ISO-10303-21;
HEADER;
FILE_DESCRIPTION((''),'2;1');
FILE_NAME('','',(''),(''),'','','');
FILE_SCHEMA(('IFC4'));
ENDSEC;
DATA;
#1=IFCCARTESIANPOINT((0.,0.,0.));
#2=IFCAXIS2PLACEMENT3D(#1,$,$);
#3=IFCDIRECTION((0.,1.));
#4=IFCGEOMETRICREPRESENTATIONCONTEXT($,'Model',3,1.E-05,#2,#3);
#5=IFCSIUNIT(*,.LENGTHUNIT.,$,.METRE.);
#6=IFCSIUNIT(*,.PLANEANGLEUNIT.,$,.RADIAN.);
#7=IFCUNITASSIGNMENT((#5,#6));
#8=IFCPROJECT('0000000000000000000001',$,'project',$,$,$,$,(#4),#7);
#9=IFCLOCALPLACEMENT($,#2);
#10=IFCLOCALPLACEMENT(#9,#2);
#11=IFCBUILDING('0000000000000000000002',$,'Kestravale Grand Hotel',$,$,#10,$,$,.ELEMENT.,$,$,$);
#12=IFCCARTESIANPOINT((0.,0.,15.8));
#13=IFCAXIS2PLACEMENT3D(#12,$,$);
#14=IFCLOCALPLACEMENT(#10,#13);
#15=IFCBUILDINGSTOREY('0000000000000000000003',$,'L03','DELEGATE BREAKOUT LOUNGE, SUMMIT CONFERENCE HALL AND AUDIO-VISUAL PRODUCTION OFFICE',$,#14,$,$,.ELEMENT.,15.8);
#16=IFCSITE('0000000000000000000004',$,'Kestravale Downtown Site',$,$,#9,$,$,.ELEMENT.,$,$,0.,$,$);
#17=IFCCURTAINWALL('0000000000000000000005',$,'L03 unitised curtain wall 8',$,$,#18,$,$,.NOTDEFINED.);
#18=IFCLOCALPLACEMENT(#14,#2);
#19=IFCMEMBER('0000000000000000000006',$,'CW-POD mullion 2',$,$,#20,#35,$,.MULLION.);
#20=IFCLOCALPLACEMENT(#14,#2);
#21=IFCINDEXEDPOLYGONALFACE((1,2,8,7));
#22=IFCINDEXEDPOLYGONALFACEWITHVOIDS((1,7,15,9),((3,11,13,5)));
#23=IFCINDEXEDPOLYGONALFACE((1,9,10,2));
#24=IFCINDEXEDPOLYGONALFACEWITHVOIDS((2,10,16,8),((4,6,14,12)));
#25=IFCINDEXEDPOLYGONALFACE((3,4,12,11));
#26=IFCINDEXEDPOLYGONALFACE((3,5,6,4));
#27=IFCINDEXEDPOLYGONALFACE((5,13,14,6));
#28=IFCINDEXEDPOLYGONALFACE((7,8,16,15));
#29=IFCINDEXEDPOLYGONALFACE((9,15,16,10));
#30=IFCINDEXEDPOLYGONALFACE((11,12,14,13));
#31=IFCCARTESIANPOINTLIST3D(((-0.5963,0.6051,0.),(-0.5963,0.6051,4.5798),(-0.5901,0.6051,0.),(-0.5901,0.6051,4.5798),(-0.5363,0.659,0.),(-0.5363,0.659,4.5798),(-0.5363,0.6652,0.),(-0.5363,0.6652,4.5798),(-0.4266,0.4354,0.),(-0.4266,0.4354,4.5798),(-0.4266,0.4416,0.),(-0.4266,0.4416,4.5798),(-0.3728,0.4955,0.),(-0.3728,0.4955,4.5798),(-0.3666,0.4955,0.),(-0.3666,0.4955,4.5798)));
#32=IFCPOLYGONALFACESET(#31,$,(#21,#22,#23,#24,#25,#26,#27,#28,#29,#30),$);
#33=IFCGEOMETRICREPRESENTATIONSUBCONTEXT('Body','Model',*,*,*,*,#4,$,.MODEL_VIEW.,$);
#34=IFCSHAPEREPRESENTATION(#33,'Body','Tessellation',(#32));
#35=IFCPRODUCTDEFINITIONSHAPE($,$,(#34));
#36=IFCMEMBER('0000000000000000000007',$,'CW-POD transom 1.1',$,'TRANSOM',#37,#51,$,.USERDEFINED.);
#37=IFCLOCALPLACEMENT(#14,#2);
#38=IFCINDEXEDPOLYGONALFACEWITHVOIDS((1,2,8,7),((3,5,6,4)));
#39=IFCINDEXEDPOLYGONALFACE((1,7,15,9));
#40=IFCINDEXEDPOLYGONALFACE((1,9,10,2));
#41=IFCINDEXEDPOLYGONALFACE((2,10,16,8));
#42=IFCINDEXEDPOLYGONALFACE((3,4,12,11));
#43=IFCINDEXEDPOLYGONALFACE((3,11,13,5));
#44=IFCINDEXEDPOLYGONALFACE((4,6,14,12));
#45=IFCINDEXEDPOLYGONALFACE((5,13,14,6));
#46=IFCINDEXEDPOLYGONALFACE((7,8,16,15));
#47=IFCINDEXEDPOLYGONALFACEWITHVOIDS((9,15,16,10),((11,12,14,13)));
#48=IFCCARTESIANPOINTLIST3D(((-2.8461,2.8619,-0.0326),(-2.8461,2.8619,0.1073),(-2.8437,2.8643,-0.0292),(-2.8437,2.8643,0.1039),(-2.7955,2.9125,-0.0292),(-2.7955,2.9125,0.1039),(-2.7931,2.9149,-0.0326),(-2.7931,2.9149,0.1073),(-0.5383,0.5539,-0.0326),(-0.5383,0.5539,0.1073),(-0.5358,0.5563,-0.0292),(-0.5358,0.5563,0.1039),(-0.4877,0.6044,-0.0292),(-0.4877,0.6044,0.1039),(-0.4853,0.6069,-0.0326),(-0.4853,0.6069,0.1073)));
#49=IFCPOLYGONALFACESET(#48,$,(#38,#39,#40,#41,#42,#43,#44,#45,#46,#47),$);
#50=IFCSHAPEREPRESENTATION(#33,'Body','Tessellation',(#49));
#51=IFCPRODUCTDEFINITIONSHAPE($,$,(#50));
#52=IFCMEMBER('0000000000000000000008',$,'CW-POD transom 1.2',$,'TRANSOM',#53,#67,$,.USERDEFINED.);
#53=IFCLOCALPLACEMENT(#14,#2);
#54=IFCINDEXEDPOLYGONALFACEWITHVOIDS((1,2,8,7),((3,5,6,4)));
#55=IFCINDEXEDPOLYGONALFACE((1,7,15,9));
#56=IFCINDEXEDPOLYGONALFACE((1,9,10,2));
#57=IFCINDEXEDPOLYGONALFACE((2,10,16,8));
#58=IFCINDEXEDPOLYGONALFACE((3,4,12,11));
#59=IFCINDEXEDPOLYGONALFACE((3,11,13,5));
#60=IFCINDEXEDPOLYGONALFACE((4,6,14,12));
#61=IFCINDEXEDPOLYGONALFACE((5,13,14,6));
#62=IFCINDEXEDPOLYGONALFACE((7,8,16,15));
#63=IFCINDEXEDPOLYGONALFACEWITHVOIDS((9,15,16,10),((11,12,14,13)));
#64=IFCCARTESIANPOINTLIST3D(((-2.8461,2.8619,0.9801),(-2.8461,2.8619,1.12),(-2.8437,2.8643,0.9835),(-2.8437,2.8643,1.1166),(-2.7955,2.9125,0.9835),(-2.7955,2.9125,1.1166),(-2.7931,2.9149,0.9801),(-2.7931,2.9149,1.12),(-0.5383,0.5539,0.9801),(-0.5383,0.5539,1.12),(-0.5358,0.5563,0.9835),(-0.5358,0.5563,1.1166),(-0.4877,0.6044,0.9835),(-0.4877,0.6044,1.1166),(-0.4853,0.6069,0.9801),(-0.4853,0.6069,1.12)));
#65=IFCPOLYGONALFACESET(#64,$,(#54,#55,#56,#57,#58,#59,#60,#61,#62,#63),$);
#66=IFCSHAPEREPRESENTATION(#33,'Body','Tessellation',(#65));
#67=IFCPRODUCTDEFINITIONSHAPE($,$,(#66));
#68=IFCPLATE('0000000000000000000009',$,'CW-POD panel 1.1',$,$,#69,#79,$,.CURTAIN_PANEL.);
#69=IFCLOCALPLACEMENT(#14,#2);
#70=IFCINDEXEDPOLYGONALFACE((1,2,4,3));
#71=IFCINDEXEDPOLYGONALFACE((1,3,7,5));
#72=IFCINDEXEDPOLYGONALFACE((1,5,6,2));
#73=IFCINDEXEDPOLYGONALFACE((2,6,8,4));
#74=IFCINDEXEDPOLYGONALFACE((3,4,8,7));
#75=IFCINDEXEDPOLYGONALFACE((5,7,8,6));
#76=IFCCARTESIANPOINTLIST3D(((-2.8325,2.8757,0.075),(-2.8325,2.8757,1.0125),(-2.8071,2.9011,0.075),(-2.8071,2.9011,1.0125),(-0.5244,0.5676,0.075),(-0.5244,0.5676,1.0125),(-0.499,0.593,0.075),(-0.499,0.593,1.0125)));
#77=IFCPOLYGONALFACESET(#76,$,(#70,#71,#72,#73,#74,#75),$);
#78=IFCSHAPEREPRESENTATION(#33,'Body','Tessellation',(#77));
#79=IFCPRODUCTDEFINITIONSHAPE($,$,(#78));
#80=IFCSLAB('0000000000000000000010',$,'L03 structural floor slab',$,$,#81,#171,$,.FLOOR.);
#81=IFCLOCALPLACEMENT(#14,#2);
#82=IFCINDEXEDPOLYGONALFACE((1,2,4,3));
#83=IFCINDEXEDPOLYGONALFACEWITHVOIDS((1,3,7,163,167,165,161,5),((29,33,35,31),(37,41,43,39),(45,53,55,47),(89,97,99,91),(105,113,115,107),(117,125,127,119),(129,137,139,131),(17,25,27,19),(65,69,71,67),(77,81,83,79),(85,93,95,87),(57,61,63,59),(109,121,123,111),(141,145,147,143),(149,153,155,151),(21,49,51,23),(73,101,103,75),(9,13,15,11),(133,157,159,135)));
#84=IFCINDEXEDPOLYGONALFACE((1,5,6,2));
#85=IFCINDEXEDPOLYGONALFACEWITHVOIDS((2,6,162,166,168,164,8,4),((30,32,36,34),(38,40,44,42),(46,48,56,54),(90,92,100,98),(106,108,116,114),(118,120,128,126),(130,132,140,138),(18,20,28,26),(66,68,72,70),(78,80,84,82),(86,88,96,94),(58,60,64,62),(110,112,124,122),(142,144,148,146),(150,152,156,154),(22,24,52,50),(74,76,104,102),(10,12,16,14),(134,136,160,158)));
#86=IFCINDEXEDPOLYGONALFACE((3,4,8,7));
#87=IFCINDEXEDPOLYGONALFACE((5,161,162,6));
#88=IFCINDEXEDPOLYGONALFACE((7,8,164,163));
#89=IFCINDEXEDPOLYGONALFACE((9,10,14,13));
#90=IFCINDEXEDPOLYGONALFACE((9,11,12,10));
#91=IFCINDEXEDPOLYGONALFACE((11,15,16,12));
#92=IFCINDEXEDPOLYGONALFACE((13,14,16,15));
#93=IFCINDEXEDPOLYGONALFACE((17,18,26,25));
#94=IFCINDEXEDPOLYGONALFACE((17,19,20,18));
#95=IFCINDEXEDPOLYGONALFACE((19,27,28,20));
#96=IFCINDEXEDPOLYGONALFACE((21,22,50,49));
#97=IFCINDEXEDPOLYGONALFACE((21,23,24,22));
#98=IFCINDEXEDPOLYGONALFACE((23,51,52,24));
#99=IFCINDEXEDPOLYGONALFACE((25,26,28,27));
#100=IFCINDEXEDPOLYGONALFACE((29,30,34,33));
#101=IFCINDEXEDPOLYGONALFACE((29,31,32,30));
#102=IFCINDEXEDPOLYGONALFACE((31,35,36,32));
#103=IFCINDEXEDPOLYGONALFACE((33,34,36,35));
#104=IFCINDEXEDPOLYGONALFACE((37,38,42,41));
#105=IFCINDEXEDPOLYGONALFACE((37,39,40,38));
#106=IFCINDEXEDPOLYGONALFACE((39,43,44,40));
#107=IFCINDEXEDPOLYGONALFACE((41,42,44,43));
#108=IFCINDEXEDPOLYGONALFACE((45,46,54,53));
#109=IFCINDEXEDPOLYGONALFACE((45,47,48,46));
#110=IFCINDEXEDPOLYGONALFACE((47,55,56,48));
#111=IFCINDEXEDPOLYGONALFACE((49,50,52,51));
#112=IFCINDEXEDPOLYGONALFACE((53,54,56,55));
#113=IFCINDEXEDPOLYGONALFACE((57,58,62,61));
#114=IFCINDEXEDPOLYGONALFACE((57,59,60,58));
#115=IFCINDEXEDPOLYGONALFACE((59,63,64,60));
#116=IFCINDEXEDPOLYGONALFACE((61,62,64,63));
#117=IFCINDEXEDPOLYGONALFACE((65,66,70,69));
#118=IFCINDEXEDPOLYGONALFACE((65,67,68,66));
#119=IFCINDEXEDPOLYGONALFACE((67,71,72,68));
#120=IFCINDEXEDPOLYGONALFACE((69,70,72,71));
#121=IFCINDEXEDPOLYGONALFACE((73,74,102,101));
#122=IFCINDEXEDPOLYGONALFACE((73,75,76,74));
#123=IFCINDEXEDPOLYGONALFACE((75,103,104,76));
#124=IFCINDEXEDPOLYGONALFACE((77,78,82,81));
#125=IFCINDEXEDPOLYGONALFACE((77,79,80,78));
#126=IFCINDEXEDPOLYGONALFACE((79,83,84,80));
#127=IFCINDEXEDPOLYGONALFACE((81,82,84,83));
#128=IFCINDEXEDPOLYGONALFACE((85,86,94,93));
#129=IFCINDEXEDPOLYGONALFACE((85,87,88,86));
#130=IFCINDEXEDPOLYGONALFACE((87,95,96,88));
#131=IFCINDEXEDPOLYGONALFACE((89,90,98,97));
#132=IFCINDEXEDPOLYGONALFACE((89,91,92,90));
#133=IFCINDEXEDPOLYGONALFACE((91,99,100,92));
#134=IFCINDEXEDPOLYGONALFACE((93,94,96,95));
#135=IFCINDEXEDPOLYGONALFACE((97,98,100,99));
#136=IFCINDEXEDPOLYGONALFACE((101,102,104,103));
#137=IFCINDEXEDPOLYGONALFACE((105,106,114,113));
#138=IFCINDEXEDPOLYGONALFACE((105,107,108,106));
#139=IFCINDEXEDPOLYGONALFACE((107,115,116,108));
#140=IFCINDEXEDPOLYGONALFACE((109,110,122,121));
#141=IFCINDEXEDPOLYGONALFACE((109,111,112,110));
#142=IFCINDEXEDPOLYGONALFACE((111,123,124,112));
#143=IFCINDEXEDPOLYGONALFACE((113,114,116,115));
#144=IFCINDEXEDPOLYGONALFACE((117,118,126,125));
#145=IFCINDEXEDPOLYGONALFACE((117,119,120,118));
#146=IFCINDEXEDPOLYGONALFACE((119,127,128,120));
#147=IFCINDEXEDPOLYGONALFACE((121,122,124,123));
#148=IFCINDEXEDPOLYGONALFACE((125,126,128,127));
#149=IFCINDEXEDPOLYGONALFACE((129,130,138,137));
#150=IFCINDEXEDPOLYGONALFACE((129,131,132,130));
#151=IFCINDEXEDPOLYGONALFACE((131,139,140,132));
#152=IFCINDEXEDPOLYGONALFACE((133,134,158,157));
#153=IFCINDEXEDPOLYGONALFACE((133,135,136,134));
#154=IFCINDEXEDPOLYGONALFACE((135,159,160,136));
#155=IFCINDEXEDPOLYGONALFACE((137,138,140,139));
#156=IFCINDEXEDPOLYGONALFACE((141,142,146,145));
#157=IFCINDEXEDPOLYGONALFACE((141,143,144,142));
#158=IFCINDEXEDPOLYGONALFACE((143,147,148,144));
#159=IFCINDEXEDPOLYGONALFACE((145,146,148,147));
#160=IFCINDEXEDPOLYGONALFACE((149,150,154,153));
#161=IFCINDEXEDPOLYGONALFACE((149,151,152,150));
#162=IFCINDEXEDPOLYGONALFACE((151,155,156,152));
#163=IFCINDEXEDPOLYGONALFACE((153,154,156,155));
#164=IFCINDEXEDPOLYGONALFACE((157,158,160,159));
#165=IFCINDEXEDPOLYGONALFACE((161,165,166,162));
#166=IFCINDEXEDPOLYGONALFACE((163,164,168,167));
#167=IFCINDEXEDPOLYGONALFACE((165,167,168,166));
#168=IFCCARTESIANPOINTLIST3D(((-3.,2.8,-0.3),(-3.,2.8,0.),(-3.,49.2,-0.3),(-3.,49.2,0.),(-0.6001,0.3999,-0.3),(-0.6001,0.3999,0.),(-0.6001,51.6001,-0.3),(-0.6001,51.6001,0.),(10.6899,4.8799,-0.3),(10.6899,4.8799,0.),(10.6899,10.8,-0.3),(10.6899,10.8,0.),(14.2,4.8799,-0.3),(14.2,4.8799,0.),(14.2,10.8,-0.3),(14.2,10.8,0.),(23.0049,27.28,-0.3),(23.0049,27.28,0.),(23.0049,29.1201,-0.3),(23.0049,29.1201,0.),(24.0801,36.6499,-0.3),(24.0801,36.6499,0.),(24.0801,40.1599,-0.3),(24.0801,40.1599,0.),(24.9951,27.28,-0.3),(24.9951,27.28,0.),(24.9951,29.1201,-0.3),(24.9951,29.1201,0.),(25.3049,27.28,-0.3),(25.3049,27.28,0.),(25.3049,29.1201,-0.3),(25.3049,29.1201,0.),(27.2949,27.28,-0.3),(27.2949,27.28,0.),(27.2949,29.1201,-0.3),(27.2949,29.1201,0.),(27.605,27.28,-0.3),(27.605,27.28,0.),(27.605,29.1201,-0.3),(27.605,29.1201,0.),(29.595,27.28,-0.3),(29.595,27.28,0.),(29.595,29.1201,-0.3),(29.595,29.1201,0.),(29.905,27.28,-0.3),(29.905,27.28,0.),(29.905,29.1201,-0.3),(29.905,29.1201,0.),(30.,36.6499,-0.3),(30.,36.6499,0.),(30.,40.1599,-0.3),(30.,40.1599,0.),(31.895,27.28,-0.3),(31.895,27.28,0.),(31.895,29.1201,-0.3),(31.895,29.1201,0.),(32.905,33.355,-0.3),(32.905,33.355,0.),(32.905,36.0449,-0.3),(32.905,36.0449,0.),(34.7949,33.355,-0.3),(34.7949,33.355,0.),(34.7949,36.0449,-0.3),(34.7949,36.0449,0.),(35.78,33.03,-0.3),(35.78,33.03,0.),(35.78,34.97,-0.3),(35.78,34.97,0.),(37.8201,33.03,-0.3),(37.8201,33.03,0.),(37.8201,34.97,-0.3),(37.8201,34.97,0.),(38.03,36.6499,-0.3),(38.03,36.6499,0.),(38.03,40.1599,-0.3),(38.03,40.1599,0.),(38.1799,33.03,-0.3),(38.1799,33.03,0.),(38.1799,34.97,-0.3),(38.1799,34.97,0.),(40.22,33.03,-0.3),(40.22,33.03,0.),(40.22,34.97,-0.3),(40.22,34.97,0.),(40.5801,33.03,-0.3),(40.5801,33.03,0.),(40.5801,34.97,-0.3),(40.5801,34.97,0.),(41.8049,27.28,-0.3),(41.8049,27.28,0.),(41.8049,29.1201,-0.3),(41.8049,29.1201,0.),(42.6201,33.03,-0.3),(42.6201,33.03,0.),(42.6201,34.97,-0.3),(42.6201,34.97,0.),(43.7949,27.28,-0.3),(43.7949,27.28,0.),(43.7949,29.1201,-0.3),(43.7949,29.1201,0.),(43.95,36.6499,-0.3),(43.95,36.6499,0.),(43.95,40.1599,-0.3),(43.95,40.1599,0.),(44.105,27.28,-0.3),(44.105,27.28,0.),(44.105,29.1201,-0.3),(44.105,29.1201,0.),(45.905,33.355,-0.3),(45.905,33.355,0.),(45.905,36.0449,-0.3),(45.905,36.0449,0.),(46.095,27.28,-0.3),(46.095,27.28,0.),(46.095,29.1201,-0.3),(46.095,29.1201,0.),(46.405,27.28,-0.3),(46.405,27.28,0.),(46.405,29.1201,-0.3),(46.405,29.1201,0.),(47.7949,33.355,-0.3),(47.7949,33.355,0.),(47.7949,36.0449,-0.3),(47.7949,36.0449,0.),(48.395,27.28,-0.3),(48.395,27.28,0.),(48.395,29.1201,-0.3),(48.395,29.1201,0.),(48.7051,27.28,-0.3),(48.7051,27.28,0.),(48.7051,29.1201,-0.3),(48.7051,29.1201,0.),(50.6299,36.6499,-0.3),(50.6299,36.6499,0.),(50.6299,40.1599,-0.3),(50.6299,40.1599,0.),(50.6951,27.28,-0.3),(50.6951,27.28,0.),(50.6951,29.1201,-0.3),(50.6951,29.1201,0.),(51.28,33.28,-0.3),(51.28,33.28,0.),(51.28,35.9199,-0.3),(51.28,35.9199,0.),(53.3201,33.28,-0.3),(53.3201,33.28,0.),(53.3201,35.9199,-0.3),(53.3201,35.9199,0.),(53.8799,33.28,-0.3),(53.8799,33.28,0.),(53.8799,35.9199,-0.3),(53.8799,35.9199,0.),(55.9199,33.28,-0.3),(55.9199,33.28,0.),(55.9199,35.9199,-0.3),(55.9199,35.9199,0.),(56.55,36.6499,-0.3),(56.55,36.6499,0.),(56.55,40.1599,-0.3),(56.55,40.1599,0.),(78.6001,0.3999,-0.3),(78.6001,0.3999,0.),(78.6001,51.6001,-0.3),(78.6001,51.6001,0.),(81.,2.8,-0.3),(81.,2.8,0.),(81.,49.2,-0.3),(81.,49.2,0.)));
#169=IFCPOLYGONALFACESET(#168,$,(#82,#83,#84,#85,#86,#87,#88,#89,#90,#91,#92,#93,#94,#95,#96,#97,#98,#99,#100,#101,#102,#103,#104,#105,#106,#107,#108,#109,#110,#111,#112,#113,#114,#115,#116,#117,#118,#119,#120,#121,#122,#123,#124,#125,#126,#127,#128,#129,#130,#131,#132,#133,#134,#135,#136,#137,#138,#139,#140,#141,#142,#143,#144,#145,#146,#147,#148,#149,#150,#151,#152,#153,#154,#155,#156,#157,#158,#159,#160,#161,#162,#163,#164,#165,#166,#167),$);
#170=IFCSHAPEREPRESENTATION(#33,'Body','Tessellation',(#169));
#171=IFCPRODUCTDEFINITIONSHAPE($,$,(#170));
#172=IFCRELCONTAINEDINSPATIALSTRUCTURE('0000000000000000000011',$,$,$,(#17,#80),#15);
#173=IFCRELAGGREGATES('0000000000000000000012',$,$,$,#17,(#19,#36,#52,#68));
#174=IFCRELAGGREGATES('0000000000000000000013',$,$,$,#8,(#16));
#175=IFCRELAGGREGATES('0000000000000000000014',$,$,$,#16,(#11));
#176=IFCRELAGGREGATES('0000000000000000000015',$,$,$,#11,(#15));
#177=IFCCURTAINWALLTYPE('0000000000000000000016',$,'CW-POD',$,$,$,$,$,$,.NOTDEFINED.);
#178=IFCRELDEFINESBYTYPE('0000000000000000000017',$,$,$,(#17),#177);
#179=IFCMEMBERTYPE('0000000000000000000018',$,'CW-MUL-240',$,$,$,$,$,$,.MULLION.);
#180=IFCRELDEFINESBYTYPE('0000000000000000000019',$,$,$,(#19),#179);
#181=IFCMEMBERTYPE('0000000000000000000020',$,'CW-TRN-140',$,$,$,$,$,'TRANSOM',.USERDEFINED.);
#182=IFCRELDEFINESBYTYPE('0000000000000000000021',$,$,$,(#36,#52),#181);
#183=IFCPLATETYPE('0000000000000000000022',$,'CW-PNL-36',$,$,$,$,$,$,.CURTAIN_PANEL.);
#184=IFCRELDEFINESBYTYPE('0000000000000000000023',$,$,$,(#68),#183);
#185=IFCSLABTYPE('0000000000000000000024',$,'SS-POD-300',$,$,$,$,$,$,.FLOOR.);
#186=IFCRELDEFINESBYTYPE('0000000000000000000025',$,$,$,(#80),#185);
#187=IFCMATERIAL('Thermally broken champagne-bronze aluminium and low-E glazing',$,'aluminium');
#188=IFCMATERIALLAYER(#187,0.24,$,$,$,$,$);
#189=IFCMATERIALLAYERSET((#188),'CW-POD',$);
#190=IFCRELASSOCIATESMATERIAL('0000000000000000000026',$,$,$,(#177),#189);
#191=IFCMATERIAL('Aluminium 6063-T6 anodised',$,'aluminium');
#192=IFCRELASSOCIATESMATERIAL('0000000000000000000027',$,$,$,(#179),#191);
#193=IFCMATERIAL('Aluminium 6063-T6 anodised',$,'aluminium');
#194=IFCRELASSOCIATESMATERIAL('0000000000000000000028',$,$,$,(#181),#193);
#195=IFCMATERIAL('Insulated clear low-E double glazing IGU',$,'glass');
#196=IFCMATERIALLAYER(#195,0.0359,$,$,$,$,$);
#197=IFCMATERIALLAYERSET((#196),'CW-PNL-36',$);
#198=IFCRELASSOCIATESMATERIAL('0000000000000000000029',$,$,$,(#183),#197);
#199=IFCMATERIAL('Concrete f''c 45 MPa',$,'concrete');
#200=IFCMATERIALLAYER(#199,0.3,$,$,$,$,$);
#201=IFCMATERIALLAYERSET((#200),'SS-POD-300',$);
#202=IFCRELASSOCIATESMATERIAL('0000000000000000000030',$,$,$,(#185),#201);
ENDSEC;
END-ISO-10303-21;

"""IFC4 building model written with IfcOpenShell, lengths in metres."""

from ifc_helpers import new_model, si_unit, direction, frame, origin, origin_2d, place, context, subcontext, project, spatial, polyline, rectangle, hollow_rectangle, outline, extrude, material, layer, layer_set, material_profile, profile_set, type_object, element, aggregate, save


model = new_model("IFC4")

# Units and contexts
model_context = context("Model", 3, precision=1e-05, world=origin(), true_north=direction((0.0, 1.0)))
body_context = subcontext(model_context, "Body", "Model", "MODEL_VIEW")
ifc_project = project(units=[si_unit("LENGTHUNIT", "METRE"), si_unit("PLANEANGLEUNIT", "RADIAN")], contexts=[model_context])

# Site, building, storey
site_placement = place(None, origin())
site = spatial("IfcSite", under=ifc_project, at=site_placement, Name="Kestravale Downtown Site", CompositionType="ELEMENT", RefElevation=0.0)
building_placement = place(site_placement, origin())
building = spatial("IfcBuilding", under=site, at=building_placement, Name="Kestravale Grand Hotel", CompositionType="ELEMENT")
storey_placement = place(building_placement, frame((0.0, 0.0, 15.8)))
storey = spatial("IfcBuildingStorey", under=building, at=storey_placement, Name="L03", Description="DELEGATE BREAKOUT LOUNGE, SUMMIT CONFERENCE HALL AND AUDIO-VISUAL PRODUCTION OFFICE", CompositionType="ELEMENT", Elevation=15.8)

# Curtain wall, members, plate
ifc_material_1 = material(Name="Thermally broken champagne-bronze aluminium and low-E glazing", Category="aluminium")
ifc_layer_1 = layer(ifc_material_1, 0.24)
ifc_layer_set_1 = layer_set([ifc_layer_1], Name="CW-POD")
curtain_wall_type = type_object("IfcCurtainWallType", Name="CW-POD", PredefinedType="NOTDEFINED", material=ifc_layer_set_1)
curtain_wall_placement = place(storey_placement, origin())
curtain_wall = element("IfcCurtainWall", 1, at=curtain_wall_placement, inside=storey, type_object=curtain_wall_type, Name="L03 unitised curtain wall 8", PredefinedType="NOTDEFINED")
ifc_material_2 = material(Name="Aluminium 6063-T6 anodised", Category="aluminium")
ifc_material_profile_1 = material_profile(ifc_material_2, hollow_rectangle(XDim=0.085, YDim=0.24, WallThickness=0.0044, at=origin_2d()))
ifc_profile_set_1 = profile_set([ifc_material_profile_1], Name="Aluminium 6063-T6 anodised")
member_type_1 = type_object("IfcMemberType", Name="CW-MUL-240", PredefinedType="MULLION", material=ifc_profile_set_1)
member_1_placement = place(storey_placement, frame((-0.4814, 0.5503, 0.0), z_axis=(0.0, 0.0, 1.0), x_axis=(0.707107, 0.707107, 0.0)))
member_1 = element("IfcMember", 2, at=member_1_placement, type_object=member_type_1, Name="CW-POD mullion 2", PredefinedType="MULLION", context=body_context, shape_type="SweptSolid", body=[
    extrude(hollow_rectangle(XDim=0.085, YDim=0.24, WallThickness=0.0044, at=origin_2d()), origin(), (0.0, 0.0, 1.0), 4.5798),
])
ifc_material_3 = material(Name="Aluminium 6063-T6 anodised", Category="aluminium")
ifc_material_profile_2 = material_profile(ifc_material_3, hollow_rectangle(XDim=0.075, YDim=0.1399, WallThickness=0.0034, at=origin_2d()))
ifc_profile_set_2 = profile_set([ifc_material_profile_2], Name="Aluminium 6063-T6 anodised")
member_type_2 = type_object("IfcMemberType", Name="CW-TRN-140", ElementType="TRANSOM", PredefinedType="USERDEFINED", material=ifc_profile_set_2)
member_2_placement = place(storey_placement, frame((-2.8196, 2.8884, 0.0374), z_axis=(0.707069, -0.707144, 0.0), x_axis=(0.707144, 0.707069, 0.0)))
member_2 = element("IfcMember", 3, at=member_2_placement, type_object=member_type_2, Name="CW-POD transom 1.1", ObjectType="TRANSOM", PredefinedType="USERDEFINED", context=body_context, shape_type="SweptSolid", body=[
    extrude(hollow_rectangle(XDim=0.075, YDim=0.1399, WallThickness=0.0034, at=origin_2d()), origin(), (0.0, 0.0, 1.0), 3.2639),
])
member_3_placement = place(storey_placement, frame((-2.8196, 2.8884, 1.05), z_axis=(0.707069, -0.707144, 0.0), x_axis=(0.707144, 0.707069, 0.0)))
member_3 = element("IfcMember", 4, at=member_3_placement, type_object=member_type_2, Name="CW-POD transom 1.2", ObjectType="TRANSOM", PredefinedType="USERDEFINED", context=body_context, shape_type="SweptSolid", body=[
    extrude(hollow_rectangle(XDim=0.075, YDim=0.1399, WallThickness=0.0034, at=origin_2d()), origin(), (0.0, 0.0, 1.0), 3.2639),
])
ifc_material_4 = material(Name="Insulated clear low-E double glazing IGU", Category="glass")
ifc_layer_2 = layer(ifc_material_4, 0.0359)
ifc_layer_set_2 = layer_set([ifc_layer_2], Name="CW-PNL-36")
plate_type = type_object("IfcPlateType", Name="CW-PNL-36", PredefinedType="CURTAIN_PANEL", material=ifc_layer_set_2)
plate_placement = place(storey_placement, frame((-1.6658, 1.7344, 0.075), z_axis=(0.0, 0.0, 1.0), x_axis=(0.707107, -0.707107, 0.0)))
plate = element("IfcPlate", 5, at=plate_placement, type_object=plate_type, Name="CW-POD panel 1.1", PredefinedType="CURTAIN_PANEL", context=body_context, shape_type="SweptSolid", body=[
    extrude(rectangle(XDim=3.2642, YDim=0.0359, at=origin_2d()), origin(), (0.0, 0.0, 1.0), 0.9375),
])
aggregate(curtain_wall, [member_1, member_2, member_3, plate])

# Slab
ifc_material_5 = material(Name="Concrete f'c 45 MPa", Category="concrete")
ifc_layer_3 = layer(ifc_material_5, 0.3)
ifc_layer_set_3 = layer_set([ifc_layer_3], Name="SS-POD-300")
slab_type = type_object("IfcSlabType", Name="SS-POD-300", PredefinedType="FLOOR", material=ifc_layer_set_3)
slab_placement = place(storey_placement, frame((0.0, 0.0, -0.3)))
element("IfcSlab", 6, at=slab_placement, inside=storey, type_object=slab_type, Name="L03 structural floor slab", PredefinedType="FLOOR", context=body_context, shape_type="SweptSolid", body=[
    extrude(outline(polyline([(-0.6001, 0.3999), (78.6001, 0.3999), (81.0, 2.8), (81.0, 49.2), (78.6001, 51.6001), (-0.6001, 51.6001), (-3.0, 49.2), (-3.0, 2.8), (-0.6001, 0.3999)]), holes=[polyline([(24.0801, 36.6499), (30.0, 36.6499), (30.0, 40.1599), (24.0801, 40.1599), (24.0801, 36.6499)]), polyline([(38.03, 36.6499), (43.95, 36.6499), (43.95, 40.1599), (38.03, 40.1599), (38.03, 36.6499)]), polyline([(50.6299, 36.6499), (56.55, 36.6499), (56.55, 40.1599), (50.6299, 40.1599), (50.6299, 36.6499)]), polyline([(14.2, 4.8799), (14.2, 10.8), (10.6899, 10.8), (10.6899, 4.8799), (14.2, 4.8799)]), polyline([(23.0049, 27.28), (24.9951, 27.28), (24.9951, 29.1201), (23.0049, 29.1201), (23.0049, 27.28)]), polyline([(25.3049, 27.28), (27.2949, 27.28), (27.2949, 29.1201), (25.3049, 29.1201), (25.3049, 27.28)]), polyline([(27.605, 27.28), (29.595, 27.28), (29.595, 29.1201), (27.605, 29.1201), (27.605, 27.28)]), polyline([(29.905, 27.28), (31.895, 27.28), (31.895, 29.1201), (29.905, 29.1201), (29.905, 27.28)]), polyline([(41.8049, 27.28), (43.7949, 27.28), (43.7949, 29.1201), (41.8049, 29.1201), (41.8049, 27.28)]), polyline([(44.105, 27.28), (46.095, 27.28), (46.095, 29.1201), (44.105, 29.1201), (44.105, 27.28)]), polyline([(46.405, 27.28), (48.395, 27.28), (48.395, 29.1201), (46.405, 29.1201), (46.405, 27.28)]), polyline([(48.7051, 27.28), (50.6951, 27.28), (50.6951, 29.1201), (48.7051, 29.1201), (48.7051, 27.28)]), polyline([(35.78, 33.03), (37.8201, 33.03), (37.8201, 34.97), (35.78, 34.97), (35.78, 33.03)]), polyline([(38.1799, 33.03), (40.22, 33.03), (40.22, 34.97), (38.1799, 34.97), (38.1799, 33.03)]), polyline([(40.5801, 33.03), (42.6201, 33.03), (42.6201, 34.97), (40.5801, 34.97), (40.5801, 33.03)]), polyline([(32.905, 33.355), (34.7949, 33.355), (34.7949, 36.0449), (32.905, 36.0449), (32.905, 33.355)]), polyline([(45.905, 33.355), (47.7949, 33.355), (47.7949, 36.0449), (45.905, 36.0449), (45.905, 33.355)]), polyline([(51.28, 33.28), (53.3201, 33.28), (53.3201, 35.9199), (51.28, 35.9199), (51.28, 33.28)]), polyline([(53.8799, 33.28), (55.9199, 33.28), (55.9199, 35.9199), (53.8799, 35.9199), (53.8799, 33.28)])]), origin(), (0.0, 0.0, 1.0), 0.3),
])

save(model, "model.ifc")
